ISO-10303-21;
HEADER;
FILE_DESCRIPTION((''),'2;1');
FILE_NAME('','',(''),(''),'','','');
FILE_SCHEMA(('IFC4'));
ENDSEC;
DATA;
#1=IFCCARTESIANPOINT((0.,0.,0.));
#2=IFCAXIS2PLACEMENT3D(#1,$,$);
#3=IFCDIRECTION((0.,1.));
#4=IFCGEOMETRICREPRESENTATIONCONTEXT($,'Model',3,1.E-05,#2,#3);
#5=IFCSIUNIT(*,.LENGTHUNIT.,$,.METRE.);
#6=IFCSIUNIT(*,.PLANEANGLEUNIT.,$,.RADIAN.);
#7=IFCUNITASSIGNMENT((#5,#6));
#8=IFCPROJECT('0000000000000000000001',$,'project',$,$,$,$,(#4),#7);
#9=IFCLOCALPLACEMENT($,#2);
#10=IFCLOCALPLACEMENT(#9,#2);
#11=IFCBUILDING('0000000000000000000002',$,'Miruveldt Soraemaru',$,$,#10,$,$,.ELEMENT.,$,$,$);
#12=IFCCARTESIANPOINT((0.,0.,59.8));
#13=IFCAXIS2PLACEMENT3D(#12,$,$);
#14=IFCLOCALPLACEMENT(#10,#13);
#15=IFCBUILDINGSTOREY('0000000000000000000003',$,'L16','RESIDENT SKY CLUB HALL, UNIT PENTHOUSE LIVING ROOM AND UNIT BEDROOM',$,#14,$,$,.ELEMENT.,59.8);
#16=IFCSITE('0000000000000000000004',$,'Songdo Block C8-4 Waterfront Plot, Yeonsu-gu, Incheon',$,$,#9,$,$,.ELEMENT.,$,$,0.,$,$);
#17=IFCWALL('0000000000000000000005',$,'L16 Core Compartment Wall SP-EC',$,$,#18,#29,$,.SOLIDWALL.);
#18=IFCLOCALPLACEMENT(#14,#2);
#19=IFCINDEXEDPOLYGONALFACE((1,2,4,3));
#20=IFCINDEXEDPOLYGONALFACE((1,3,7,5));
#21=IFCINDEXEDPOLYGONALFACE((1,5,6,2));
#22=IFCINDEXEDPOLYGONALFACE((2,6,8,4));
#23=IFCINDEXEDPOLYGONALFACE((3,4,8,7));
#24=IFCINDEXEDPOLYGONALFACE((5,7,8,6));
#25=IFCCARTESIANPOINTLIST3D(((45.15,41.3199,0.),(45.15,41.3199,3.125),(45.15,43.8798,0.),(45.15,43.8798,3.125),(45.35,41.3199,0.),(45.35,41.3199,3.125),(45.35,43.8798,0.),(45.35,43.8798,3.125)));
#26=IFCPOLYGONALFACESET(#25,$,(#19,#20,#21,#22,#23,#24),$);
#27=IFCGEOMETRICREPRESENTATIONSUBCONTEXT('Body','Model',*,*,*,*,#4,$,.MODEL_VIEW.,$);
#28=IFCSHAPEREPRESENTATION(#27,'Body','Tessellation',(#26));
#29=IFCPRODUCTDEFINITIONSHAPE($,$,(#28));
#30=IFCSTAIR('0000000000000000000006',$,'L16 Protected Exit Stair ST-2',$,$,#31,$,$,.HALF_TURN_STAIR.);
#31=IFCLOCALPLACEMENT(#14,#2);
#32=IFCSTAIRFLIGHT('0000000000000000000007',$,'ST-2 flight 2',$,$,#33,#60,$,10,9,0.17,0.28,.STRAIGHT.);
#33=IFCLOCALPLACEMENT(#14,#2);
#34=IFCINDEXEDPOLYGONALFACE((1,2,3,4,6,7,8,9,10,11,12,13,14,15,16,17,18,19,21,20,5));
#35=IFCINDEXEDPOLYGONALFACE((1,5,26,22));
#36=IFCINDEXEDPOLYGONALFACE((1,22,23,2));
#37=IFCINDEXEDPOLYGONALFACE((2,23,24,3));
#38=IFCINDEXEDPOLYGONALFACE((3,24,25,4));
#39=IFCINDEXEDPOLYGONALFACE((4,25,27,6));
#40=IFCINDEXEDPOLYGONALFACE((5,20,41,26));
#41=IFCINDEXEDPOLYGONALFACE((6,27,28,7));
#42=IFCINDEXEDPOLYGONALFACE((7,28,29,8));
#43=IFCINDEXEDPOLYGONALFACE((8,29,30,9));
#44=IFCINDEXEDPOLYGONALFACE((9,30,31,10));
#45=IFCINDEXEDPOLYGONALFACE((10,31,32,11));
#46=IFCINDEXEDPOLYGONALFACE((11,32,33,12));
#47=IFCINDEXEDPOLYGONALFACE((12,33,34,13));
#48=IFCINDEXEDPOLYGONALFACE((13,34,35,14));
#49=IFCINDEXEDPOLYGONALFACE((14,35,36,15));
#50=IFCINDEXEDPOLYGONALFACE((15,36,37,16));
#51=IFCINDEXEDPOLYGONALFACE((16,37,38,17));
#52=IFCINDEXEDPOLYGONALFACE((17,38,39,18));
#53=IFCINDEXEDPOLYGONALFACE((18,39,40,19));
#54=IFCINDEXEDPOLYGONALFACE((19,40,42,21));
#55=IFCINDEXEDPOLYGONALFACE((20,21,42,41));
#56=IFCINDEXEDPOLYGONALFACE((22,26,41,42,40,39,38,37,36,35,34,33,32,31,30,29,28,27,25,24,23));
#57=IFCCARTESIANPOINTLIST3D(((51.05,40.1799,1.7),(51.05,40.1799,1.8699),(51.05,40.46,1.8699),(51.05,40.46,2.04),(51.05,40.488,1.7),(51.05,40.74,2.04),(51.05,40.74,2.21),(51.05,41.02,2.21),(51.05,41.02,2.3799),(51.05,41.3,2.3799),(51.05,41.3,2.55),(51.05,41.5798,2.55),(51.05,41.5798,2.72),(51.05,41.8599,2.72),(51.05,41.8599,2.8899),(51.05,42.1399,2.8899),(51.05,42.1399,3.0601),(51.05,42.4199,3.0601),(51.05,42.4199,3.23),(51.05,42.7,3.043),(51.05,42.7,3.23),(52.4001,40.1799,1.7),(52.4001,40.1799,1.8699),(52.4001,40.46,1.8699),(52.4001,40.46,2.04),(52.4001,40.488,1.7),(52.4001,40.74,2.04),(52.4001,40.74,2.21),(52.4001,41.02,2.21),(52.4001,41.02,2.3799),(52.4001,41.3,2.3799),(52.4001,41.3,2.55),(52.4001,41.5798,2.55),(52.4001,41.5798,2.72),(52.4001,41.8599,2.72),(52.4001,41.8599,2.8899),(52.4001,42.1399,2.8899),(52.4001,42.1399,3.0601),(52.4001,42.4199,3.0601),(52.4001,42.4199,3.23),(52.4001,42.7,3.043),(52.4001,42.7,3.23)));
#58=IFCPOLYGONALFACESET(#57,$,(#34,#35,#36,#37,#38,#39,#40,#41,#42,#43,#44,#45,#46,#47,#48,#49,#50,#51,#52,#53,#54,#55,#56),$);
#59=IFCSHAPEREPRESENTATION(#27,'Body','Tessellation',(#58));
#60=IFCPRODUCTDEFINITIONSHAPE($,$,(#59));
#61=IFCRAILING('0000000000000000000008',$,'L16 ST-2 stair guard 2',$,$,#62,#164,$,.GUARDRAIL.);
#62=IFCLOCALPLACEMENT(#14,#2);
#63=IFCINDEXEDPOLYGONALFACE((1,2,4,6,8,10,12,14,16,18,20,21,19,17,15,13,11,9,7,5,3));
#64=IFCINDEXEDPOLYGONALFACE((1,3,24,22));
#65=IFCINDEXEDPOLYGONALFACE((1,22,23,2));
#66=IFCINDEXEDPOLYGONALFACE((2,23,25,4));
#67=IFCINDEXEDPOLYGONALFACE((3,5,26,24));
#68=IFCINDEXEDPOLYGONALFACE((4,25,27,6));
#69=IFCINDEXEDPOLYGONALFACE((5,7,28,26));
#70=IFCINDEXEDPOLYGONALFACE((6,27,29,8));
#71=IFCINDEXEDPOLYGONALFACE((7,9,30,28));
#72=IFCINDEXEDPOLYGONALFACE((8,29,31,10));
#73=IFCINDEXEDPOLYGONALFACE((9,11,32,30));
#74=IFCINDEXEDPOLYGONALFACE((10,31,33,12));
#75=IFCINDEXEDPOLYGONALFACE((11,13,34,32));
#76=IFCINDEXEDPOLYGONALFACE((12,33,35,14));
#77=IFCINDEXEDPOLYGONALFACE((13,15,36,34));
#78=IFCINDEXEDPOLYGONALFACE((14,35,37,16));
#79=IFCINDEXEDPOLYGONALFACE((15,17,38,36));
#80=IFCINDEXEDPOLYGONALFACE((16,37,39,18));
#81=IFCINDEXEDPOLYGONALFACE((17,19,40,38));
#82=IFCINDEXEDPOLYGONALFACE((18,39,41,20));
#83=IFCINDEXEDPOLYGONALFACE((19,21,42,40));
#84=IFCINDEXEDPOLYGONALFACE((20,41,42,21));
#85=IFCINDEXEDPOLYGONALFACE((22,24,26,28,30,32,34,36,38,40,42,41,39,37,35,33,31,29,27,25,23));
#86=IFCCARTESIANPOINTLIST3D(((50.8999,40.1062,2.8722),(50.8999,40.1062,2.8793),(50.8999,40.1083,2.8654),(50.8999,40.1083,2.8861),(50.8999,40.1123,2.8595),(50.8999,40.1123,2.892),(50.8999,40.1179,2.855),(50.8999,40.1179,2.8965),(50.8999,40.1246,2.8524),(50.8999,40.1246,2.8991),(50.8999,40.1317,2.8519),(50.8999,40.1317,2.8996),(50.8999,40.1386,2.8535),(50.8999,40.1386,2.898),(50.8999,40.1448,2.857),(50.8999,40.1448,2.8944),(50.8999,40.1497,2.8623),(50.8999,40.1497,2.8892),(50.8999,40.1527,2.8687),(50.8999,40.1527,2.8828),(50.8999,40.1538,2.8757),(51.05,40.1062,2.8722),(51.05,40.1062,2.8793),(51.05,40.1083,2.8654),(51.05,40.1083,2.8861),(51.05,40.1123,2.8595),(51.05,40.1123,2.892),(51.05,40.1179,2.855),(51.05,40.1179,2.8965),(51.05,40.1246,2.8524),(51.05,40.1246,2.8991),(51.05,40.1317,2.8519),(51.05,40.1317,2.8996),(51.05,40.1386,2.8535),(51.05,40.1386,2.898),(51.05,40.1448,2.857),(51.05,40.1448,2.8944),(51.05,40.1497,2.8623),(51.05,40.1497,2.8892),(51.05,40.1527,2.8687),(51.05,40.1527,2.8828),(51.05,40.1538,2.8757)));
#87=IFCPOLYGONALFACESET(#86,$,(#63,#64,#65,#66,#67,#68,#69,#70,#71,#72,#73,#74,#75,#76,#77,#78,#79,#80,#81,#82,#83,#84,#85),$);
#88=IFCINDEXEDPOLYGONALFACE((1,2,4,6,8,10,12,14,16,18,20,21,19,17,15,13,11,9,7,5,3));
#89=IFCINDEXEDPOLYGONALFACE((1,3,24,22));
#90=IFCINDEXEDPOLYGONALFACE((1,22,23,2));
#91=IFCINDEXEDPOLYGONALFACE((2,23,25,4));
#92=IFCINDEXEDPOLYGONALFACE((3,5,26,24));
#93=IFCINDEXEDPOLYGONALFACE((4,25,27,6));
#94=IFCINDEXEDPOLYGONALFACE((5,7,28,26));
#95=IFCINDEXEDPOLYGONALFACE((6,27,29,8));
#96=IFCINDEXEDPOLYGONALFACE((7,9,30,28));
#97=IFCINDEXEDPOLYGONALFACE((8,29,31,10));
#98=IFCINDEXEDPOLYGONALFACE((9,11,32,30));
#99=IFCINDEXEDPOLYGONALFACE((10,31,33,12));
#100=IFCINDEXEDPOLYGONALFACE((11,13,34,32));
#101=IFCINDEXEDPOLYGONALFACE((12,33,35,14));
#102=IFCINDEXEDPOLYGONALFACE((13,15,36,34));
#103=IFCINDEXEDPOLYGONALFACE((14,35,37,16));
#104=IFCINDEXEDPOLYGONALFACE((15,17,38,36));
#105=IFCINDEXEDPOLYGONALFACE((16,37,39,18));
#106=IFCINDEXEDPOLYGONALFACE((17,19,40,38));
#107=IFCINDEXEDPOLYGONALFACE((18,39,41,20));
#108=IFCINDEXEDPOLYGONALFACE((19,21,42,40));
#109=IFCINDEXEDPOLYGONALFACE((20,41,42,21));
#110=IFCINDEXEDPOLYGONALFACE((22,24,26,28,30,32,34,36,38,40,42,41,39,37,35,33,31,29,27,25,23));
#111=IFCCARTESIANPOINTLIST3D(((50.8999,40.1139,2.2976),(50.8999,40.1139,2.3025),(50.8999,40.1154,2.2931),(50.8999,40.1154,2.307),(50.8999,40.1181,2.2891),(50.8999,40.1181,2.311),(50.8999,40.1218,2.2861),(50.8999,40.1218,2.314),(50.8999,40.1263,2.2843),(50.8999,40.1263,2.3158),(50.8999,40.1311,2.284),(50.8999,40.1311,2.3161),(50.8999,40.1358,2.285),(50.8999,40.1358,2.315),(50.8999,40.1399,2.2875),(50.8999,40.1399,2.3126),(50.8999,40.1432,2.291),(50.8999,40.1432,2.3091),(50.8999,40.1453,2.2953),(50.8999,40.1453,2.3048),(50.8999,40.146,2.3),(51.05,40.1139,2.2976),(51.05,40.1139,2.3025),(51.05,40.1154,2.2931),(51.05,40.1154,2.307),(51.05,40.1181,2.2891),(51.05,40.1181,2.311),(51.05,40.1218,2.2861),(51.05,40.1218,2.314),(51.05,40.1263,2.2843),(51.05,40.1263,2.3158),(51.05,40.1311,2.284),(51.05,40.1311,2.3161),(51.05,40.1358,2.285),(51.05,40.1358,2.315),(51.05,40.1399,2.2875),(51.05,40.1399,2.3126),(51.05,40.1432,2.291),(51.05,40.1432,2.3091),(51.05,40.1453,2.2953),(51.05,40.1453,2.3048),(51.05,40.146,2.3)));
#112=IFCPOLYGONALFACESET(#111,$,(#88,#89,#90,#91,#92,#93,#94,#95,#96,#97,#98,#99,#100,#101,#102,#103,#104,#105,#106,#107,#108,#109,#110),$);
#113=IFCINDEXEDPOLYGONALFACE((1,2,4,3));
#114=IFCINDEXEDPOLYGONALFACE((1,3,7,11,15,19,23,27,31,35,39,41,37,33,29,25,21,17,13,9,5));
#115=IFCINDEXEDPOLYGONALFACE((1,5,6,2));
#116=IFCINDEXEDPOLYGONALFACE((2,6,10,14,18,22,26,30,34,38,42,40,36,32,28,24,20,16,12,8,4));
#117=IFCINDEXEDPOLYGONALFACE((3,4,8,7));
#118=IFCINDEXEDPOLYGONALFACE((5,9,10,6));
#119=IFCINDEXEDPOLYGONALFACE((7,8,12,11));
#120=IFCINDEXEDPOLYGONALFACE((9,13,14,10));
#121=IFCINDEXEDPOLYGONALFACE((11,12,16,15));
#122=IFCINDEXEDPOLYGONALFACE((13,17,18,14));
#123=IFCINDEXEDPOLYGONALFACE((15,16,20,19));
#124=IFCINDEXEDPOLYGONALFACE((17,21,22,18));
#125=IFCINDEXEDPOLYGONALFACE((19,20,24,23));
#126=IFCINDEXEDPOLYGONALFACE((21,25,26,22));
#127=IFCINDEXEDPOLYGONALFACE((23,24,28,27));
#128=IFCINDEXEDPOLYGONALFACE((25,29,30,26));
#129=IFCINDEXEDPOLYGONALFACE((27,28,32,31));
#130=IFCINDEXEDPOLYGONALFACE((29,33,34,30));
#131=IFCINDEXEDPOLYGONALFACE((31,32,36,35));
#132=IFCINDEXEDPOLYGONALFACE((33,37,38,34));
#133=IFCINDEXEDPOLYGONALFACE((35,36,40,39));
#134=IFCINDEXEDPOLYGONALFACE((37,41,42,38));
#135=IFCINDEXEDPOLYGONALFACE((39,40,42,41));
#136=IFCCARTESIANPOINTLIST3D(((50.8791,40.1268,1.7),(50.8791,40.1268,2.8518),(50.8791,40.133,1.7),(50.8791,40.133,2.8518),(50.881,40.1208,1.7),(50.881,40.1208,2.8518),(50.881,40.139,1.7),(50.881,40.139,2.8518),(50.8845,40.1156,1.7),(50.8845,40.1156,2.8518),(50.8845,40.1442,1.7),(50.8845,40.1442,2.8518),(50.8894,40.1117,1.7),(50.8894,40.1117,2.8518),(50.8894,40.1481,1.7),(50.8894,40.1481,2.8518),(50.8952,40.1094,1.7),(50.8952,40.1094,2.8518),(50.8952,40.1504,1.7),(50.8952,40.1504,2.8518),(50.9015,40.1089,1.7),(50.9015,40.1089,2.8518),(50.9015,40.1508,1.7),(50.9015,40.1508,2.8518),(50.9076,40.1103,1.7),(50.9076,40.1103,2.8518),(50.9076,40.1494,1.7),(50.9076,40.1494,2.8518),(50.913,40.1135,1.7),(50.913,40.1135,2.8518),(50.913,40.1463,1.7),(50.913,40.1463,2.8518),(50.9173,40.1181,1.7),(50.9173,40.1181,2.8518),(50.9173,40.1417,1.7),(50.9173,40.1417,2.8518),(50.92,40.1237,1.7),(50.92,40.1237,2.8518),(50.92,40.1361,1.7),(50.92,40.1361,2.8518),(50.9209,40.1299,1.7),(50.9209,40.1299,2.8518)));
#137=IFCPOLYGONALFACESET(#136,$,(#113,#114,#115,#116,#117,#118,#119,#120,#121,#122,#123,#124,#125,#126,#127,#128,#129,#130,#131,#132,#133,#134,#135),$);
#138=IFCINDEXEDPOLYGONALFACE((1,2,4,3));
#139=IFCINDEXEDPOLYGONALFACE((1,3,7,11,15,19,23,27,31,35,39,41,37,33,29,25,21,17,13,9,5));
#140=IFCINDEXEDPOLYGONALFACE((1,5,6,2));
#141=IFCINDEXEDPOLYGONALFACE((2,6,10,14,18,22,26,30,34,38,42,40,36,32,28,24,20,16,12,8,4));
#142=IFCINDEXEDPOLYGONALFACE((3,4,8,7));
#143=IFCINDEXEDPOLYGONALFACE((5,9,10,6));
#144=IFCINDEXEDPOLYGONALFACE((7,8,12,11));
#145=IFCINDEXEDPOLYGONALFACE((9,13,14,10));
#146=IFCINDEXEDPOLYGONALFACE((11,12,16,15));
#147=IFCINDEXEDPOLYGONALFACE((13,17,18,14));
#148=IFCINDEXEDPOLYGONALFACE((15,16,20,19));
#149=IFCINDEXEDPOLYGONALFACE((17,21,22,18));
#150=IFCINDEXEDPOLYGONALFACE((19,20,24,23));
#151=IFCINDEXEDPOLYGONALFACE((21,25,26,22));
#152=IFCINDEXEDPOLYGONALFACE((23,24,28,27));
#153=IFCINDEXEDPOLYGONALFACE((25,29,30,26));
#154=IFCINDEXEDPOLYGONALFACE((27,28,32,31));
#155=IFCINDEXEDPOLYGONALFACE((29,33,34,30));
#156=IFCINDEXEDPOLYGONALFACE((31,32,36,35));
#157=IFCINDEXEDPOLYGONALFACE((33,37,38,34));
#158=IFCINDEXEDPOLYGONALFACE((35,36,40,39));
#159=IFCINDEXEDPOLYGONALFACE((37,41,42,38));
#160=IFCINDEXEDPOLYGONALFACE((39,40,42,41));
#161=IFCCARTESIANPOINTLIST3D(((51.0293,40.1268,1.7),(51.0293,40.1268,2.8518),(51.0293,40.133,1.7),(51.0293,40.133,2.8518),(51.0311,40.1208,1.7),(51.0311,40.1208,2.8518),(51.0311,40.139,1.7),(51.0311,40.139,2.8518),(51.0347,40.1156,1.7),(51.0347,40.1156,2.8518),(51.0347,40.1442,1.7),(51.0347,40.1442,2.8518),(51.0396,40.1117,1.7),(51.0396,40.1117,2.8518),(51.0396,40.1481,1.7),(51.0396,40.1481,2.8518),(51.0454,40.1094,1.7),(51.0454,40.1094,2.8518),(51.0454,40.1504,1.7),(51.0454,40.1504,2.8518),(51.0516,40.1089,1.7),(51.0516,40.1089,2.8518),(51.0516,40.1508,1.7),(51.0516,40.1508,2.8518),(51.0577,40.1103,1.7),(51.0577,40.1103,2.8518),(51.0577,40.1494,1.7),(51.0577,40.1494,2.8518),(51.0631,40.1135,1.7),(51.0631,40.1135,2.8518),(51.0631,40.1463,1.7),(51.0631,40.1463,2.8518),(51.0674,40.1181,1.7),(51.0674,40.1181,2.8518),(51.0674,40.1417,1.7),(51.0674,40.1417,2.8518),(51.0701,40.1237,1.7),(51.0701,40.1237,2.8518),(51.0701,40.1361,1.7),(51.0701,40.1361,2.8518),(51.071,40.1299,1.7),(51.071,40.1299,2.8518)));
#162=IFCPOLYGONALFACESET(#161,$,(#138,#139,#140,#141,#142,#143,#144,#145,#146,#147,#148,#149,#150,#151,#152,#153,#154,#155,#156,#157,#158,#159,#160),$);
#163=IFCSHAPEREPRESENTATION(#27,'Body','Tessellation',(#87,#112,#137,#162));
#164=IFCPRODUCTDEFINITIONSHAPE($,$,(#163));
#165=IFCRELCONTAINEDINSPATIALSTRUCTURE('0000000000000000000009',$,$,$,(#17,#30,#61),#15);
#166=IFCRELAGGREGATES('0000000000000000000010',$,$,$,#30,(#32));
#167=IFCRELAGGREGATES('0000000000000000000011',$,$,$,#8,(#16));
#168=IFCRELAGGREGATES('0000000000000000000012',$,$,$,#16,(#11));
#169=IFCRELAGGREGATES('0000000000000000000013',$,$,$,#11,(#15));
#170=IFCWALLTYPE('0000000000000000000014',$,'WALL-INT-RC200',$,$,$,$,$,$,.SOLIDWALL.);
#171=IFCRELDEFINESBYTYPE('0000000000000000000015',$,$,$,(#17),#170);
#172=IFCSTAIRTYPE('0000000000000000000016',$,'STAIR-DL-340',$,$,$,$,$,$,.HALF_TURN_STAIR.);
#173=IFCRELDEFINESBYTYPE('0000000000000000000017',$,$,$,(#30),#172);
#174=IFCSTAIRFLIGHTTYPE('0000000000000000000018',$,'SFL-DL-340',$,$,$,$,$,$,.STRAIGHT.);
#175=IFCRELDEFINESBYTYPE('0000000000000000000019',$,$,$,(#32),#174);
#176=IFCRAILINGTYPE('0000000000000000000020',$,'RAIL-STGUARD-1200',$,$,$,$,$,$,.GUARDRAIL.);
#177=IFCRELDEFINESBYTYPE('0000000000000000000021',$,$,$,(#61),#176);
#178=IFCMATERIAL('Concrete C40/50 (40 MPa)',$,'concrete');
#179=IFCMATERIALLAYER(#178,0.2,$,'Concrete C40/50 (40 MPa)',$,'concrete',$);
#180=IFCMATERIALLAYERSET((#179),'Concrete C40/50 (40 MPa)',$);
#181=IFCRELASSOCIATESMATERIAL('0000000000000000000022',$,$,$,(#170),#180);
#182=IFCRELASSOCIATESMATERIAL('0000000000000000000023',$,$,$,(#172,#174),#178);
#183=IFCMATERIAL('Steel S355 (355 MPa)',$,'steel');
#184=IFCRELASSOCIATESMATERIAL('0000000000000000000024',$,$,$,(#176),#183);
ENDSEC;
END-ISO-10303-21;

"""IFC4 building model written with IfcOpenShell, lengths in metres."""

from ifc_helpers import new_model, si_unit, direction, frame, frame_2d, origin, origin_2d, place, context, subcontext, project, spatial, polyline, rectangle, circle, outline, extrude, material, layer, layer_set, type_object, element, aggregate, save


model = new_model("IFC4")

# Units and contexts
model_context = context("Model", 3, precision=1e-05, world=origin(), true_north=direction((0.0, 1.0)))
body_context = subcontext(model_context, "Body", "Model", "MODEL_VIEW")
ifc_project = project(units=[si_unit("LENGTHUNIT", "METRE"), si_unit("PLANEANGLEUNIT", "RADIAN")], contexts=[model_context])

# Site, building, storey
site_placement = place(None, origin())
site = spatial("IfcSite", under=ifc_project, at=site_placement, Name="Songdo Block C8-4 Waterfront Plot, Yeonsu-gu, Incheon", CompositionType="ELEMENT", RefElevation=0.0)
building_placement = place(site_placement, origin())
building = spatial("IfcBuilding", under=site, at=building_placement, Name="Miruveldt Soraemaru", CompositionType="ELEMENT")
storey_placement = place(building_placement, frame((0.0, 0.0, 59.8)))
storey = spatial("IfcBuildingStorey", under=building, at=storey_placement, Name="L16", Description="RESIDENT SKY CLUB HALL, UNIT PENTHOUSE LIVING ROOM AND UNIT BEDROOM", CompositionType="ELEMENT", Elevation=59.8)

# Shared definitions
ifc_material_1 = material(Name="Concrete C40/50 (40 MPa)", Category="concrete")

# Shared definitions
ifc_layer_1 = layer(ifc_material_1, 0.2, Name="Concrete C40/50 (40 MPa)", Category="concrete")
ifc_layer_set_1 = layer_set([ifc_layer_1], Name="Concrete C40/50 (40 MPa)")
wall_type_1 = type_object("IfcWallType", Name="WALL-INT-RC200", PredefinedType="SOLIDWALL", material=ifc_layer_set_1)

# Wall
wall_1_placement = place(storey_placement, frame((45.25, 41.3201, 0.0), z_axis=(0.0, 0.0, 1.0), x_axis=(0.0, 1.0, 0.0)))
element("IfcWall", 1, at=wall_1_placement, inside=storey, type_object=wall_type_1, Name="L16 Core Compartment Wall SP-EC", PredefinedType="SOLIDWALL", context=body_context, shape_type="SweptSolid", body=[
    extrude(rectangle(XDim=2.5598, YDim=0.2, at=frame_2d((1.2798, 0.0))), origin(), (0.0, 0.0, 1.0), 3.125),
])

# Stair, stair flight
stair_type = type_object("IfcStairType", Name="STAIR-DL-340", PredefinedType="HALF_TURN_STAIR", material=ifc_material_1)
stair_placement = place(storey_placement, origin())
stair = element("IfcStair", 2, at=stair_placement, inside=storey, type_object=stair_type, Name="L16 Protected Exit Stair ST-2", PredefinedType="HALF_TURN_STAIR")
stair_flight_type = type_object("IfcStairFlightType", Name="SFL-DL-340", PredefinedType="STRAIGHT", material=ifc_material_1)
stair_flight_placement = place(storey_placement, frame((51.7251, 40.1799, 1.7), z_axis=(0.0, 0.0, 1.0), x_axis=(0.0, 1.0, 0.0)))
stair_flight = element("IfcStairFlight", 3, at=stair_flight_placement, type_object=stair_flight_type, Name="ST-2 flight 2", NumberOfRisers=10, NumberOfTreads=9, PredefinedType="STRAIGHT", RiserHeight=0.17, TreadLength=0.28, context=body_context, shape_type="SweptSolid", body=[
    extrude(outline(polyline([(0.0, 0.0), (0.0, 0.1699), (0.28, 0.1699), (0.28, 0.3401), (0.5601, 0.3401), (0.5601, 0.51), (0.8401, 0.51), (0.8401, 0.6799), (1.1201, 0.6799), (1.1201, 0.8501), (1.3999, 0.8501), (1.3999, 1.02), (1.6799, 1.02), (1.6799, 1.1899), (1.96, 1.1899), (1.96, 1.3601), (2.24, 1.3601), (2.24, 1.53), (2.52, 1.53), (2.52, 1.7), (2.52, 1.343), (0.3081, 0.0), (0.0, 0.0)])), frame((0.0, 0.675, 0.0), z_axis=(0.0, -1.0, 0.0), x_axis=(1.0, 0.0, 0.0)), (0.0, 0.0, 1.0), 1.3501),
])
aggregate(stair, [stair_flight])

# Railing
ifc_material_2 = material(Name="Steel S355 (355 MPa)", Category="steel")
railing_type_1 = type_object("IfcRailingType", Name="RAIL-STGUARD-1200", PredefinedType="GUARDRAIL", material=ifc_material_2)
railing_1_placement = place(storey_placement, frame((50.8999, 40.1299, 1.7)))
element("IfcRailing", 4, at=railing_1_placement, inside=storey, type_object=railing_type_1, Name="L16 ST-2 stair guard 2", PredefinedType="GUARDRAIL", context=body_context, shape_type="SweptSolid", body=[
    extrude(circle(Radius=0.0239, at=origin_2d()), frame((0.0, 0.0, 1.1758), z_axis=(1.0, 0.0, 0.0), x_axis=(0.0, 1.0, 0.0)), (0.0, 0.0, 1.0), 0.1501),
    extrude(circle(Radius=0.0161, at=origin_2d()), frame((0.0, 0.0, 0.6001), z_axis=(1.0, 0.0, 0.0), x_axis=(0.0, 1.0, 0.0)), (0.0, 0.0, 1.0), 0.1501),
    extrude(circle(Radius=0.021, at=origin_2d()), origin(), (0.0, 0.0, 1.0), 1.1519),
    extrude(circle(Radius=0.021, at=origin_2d()), frame((0.1501, 0.0, 0.0)), (0.0, 0.0, 1.0), 1.1519),
])

save(model, "model.ifc")
